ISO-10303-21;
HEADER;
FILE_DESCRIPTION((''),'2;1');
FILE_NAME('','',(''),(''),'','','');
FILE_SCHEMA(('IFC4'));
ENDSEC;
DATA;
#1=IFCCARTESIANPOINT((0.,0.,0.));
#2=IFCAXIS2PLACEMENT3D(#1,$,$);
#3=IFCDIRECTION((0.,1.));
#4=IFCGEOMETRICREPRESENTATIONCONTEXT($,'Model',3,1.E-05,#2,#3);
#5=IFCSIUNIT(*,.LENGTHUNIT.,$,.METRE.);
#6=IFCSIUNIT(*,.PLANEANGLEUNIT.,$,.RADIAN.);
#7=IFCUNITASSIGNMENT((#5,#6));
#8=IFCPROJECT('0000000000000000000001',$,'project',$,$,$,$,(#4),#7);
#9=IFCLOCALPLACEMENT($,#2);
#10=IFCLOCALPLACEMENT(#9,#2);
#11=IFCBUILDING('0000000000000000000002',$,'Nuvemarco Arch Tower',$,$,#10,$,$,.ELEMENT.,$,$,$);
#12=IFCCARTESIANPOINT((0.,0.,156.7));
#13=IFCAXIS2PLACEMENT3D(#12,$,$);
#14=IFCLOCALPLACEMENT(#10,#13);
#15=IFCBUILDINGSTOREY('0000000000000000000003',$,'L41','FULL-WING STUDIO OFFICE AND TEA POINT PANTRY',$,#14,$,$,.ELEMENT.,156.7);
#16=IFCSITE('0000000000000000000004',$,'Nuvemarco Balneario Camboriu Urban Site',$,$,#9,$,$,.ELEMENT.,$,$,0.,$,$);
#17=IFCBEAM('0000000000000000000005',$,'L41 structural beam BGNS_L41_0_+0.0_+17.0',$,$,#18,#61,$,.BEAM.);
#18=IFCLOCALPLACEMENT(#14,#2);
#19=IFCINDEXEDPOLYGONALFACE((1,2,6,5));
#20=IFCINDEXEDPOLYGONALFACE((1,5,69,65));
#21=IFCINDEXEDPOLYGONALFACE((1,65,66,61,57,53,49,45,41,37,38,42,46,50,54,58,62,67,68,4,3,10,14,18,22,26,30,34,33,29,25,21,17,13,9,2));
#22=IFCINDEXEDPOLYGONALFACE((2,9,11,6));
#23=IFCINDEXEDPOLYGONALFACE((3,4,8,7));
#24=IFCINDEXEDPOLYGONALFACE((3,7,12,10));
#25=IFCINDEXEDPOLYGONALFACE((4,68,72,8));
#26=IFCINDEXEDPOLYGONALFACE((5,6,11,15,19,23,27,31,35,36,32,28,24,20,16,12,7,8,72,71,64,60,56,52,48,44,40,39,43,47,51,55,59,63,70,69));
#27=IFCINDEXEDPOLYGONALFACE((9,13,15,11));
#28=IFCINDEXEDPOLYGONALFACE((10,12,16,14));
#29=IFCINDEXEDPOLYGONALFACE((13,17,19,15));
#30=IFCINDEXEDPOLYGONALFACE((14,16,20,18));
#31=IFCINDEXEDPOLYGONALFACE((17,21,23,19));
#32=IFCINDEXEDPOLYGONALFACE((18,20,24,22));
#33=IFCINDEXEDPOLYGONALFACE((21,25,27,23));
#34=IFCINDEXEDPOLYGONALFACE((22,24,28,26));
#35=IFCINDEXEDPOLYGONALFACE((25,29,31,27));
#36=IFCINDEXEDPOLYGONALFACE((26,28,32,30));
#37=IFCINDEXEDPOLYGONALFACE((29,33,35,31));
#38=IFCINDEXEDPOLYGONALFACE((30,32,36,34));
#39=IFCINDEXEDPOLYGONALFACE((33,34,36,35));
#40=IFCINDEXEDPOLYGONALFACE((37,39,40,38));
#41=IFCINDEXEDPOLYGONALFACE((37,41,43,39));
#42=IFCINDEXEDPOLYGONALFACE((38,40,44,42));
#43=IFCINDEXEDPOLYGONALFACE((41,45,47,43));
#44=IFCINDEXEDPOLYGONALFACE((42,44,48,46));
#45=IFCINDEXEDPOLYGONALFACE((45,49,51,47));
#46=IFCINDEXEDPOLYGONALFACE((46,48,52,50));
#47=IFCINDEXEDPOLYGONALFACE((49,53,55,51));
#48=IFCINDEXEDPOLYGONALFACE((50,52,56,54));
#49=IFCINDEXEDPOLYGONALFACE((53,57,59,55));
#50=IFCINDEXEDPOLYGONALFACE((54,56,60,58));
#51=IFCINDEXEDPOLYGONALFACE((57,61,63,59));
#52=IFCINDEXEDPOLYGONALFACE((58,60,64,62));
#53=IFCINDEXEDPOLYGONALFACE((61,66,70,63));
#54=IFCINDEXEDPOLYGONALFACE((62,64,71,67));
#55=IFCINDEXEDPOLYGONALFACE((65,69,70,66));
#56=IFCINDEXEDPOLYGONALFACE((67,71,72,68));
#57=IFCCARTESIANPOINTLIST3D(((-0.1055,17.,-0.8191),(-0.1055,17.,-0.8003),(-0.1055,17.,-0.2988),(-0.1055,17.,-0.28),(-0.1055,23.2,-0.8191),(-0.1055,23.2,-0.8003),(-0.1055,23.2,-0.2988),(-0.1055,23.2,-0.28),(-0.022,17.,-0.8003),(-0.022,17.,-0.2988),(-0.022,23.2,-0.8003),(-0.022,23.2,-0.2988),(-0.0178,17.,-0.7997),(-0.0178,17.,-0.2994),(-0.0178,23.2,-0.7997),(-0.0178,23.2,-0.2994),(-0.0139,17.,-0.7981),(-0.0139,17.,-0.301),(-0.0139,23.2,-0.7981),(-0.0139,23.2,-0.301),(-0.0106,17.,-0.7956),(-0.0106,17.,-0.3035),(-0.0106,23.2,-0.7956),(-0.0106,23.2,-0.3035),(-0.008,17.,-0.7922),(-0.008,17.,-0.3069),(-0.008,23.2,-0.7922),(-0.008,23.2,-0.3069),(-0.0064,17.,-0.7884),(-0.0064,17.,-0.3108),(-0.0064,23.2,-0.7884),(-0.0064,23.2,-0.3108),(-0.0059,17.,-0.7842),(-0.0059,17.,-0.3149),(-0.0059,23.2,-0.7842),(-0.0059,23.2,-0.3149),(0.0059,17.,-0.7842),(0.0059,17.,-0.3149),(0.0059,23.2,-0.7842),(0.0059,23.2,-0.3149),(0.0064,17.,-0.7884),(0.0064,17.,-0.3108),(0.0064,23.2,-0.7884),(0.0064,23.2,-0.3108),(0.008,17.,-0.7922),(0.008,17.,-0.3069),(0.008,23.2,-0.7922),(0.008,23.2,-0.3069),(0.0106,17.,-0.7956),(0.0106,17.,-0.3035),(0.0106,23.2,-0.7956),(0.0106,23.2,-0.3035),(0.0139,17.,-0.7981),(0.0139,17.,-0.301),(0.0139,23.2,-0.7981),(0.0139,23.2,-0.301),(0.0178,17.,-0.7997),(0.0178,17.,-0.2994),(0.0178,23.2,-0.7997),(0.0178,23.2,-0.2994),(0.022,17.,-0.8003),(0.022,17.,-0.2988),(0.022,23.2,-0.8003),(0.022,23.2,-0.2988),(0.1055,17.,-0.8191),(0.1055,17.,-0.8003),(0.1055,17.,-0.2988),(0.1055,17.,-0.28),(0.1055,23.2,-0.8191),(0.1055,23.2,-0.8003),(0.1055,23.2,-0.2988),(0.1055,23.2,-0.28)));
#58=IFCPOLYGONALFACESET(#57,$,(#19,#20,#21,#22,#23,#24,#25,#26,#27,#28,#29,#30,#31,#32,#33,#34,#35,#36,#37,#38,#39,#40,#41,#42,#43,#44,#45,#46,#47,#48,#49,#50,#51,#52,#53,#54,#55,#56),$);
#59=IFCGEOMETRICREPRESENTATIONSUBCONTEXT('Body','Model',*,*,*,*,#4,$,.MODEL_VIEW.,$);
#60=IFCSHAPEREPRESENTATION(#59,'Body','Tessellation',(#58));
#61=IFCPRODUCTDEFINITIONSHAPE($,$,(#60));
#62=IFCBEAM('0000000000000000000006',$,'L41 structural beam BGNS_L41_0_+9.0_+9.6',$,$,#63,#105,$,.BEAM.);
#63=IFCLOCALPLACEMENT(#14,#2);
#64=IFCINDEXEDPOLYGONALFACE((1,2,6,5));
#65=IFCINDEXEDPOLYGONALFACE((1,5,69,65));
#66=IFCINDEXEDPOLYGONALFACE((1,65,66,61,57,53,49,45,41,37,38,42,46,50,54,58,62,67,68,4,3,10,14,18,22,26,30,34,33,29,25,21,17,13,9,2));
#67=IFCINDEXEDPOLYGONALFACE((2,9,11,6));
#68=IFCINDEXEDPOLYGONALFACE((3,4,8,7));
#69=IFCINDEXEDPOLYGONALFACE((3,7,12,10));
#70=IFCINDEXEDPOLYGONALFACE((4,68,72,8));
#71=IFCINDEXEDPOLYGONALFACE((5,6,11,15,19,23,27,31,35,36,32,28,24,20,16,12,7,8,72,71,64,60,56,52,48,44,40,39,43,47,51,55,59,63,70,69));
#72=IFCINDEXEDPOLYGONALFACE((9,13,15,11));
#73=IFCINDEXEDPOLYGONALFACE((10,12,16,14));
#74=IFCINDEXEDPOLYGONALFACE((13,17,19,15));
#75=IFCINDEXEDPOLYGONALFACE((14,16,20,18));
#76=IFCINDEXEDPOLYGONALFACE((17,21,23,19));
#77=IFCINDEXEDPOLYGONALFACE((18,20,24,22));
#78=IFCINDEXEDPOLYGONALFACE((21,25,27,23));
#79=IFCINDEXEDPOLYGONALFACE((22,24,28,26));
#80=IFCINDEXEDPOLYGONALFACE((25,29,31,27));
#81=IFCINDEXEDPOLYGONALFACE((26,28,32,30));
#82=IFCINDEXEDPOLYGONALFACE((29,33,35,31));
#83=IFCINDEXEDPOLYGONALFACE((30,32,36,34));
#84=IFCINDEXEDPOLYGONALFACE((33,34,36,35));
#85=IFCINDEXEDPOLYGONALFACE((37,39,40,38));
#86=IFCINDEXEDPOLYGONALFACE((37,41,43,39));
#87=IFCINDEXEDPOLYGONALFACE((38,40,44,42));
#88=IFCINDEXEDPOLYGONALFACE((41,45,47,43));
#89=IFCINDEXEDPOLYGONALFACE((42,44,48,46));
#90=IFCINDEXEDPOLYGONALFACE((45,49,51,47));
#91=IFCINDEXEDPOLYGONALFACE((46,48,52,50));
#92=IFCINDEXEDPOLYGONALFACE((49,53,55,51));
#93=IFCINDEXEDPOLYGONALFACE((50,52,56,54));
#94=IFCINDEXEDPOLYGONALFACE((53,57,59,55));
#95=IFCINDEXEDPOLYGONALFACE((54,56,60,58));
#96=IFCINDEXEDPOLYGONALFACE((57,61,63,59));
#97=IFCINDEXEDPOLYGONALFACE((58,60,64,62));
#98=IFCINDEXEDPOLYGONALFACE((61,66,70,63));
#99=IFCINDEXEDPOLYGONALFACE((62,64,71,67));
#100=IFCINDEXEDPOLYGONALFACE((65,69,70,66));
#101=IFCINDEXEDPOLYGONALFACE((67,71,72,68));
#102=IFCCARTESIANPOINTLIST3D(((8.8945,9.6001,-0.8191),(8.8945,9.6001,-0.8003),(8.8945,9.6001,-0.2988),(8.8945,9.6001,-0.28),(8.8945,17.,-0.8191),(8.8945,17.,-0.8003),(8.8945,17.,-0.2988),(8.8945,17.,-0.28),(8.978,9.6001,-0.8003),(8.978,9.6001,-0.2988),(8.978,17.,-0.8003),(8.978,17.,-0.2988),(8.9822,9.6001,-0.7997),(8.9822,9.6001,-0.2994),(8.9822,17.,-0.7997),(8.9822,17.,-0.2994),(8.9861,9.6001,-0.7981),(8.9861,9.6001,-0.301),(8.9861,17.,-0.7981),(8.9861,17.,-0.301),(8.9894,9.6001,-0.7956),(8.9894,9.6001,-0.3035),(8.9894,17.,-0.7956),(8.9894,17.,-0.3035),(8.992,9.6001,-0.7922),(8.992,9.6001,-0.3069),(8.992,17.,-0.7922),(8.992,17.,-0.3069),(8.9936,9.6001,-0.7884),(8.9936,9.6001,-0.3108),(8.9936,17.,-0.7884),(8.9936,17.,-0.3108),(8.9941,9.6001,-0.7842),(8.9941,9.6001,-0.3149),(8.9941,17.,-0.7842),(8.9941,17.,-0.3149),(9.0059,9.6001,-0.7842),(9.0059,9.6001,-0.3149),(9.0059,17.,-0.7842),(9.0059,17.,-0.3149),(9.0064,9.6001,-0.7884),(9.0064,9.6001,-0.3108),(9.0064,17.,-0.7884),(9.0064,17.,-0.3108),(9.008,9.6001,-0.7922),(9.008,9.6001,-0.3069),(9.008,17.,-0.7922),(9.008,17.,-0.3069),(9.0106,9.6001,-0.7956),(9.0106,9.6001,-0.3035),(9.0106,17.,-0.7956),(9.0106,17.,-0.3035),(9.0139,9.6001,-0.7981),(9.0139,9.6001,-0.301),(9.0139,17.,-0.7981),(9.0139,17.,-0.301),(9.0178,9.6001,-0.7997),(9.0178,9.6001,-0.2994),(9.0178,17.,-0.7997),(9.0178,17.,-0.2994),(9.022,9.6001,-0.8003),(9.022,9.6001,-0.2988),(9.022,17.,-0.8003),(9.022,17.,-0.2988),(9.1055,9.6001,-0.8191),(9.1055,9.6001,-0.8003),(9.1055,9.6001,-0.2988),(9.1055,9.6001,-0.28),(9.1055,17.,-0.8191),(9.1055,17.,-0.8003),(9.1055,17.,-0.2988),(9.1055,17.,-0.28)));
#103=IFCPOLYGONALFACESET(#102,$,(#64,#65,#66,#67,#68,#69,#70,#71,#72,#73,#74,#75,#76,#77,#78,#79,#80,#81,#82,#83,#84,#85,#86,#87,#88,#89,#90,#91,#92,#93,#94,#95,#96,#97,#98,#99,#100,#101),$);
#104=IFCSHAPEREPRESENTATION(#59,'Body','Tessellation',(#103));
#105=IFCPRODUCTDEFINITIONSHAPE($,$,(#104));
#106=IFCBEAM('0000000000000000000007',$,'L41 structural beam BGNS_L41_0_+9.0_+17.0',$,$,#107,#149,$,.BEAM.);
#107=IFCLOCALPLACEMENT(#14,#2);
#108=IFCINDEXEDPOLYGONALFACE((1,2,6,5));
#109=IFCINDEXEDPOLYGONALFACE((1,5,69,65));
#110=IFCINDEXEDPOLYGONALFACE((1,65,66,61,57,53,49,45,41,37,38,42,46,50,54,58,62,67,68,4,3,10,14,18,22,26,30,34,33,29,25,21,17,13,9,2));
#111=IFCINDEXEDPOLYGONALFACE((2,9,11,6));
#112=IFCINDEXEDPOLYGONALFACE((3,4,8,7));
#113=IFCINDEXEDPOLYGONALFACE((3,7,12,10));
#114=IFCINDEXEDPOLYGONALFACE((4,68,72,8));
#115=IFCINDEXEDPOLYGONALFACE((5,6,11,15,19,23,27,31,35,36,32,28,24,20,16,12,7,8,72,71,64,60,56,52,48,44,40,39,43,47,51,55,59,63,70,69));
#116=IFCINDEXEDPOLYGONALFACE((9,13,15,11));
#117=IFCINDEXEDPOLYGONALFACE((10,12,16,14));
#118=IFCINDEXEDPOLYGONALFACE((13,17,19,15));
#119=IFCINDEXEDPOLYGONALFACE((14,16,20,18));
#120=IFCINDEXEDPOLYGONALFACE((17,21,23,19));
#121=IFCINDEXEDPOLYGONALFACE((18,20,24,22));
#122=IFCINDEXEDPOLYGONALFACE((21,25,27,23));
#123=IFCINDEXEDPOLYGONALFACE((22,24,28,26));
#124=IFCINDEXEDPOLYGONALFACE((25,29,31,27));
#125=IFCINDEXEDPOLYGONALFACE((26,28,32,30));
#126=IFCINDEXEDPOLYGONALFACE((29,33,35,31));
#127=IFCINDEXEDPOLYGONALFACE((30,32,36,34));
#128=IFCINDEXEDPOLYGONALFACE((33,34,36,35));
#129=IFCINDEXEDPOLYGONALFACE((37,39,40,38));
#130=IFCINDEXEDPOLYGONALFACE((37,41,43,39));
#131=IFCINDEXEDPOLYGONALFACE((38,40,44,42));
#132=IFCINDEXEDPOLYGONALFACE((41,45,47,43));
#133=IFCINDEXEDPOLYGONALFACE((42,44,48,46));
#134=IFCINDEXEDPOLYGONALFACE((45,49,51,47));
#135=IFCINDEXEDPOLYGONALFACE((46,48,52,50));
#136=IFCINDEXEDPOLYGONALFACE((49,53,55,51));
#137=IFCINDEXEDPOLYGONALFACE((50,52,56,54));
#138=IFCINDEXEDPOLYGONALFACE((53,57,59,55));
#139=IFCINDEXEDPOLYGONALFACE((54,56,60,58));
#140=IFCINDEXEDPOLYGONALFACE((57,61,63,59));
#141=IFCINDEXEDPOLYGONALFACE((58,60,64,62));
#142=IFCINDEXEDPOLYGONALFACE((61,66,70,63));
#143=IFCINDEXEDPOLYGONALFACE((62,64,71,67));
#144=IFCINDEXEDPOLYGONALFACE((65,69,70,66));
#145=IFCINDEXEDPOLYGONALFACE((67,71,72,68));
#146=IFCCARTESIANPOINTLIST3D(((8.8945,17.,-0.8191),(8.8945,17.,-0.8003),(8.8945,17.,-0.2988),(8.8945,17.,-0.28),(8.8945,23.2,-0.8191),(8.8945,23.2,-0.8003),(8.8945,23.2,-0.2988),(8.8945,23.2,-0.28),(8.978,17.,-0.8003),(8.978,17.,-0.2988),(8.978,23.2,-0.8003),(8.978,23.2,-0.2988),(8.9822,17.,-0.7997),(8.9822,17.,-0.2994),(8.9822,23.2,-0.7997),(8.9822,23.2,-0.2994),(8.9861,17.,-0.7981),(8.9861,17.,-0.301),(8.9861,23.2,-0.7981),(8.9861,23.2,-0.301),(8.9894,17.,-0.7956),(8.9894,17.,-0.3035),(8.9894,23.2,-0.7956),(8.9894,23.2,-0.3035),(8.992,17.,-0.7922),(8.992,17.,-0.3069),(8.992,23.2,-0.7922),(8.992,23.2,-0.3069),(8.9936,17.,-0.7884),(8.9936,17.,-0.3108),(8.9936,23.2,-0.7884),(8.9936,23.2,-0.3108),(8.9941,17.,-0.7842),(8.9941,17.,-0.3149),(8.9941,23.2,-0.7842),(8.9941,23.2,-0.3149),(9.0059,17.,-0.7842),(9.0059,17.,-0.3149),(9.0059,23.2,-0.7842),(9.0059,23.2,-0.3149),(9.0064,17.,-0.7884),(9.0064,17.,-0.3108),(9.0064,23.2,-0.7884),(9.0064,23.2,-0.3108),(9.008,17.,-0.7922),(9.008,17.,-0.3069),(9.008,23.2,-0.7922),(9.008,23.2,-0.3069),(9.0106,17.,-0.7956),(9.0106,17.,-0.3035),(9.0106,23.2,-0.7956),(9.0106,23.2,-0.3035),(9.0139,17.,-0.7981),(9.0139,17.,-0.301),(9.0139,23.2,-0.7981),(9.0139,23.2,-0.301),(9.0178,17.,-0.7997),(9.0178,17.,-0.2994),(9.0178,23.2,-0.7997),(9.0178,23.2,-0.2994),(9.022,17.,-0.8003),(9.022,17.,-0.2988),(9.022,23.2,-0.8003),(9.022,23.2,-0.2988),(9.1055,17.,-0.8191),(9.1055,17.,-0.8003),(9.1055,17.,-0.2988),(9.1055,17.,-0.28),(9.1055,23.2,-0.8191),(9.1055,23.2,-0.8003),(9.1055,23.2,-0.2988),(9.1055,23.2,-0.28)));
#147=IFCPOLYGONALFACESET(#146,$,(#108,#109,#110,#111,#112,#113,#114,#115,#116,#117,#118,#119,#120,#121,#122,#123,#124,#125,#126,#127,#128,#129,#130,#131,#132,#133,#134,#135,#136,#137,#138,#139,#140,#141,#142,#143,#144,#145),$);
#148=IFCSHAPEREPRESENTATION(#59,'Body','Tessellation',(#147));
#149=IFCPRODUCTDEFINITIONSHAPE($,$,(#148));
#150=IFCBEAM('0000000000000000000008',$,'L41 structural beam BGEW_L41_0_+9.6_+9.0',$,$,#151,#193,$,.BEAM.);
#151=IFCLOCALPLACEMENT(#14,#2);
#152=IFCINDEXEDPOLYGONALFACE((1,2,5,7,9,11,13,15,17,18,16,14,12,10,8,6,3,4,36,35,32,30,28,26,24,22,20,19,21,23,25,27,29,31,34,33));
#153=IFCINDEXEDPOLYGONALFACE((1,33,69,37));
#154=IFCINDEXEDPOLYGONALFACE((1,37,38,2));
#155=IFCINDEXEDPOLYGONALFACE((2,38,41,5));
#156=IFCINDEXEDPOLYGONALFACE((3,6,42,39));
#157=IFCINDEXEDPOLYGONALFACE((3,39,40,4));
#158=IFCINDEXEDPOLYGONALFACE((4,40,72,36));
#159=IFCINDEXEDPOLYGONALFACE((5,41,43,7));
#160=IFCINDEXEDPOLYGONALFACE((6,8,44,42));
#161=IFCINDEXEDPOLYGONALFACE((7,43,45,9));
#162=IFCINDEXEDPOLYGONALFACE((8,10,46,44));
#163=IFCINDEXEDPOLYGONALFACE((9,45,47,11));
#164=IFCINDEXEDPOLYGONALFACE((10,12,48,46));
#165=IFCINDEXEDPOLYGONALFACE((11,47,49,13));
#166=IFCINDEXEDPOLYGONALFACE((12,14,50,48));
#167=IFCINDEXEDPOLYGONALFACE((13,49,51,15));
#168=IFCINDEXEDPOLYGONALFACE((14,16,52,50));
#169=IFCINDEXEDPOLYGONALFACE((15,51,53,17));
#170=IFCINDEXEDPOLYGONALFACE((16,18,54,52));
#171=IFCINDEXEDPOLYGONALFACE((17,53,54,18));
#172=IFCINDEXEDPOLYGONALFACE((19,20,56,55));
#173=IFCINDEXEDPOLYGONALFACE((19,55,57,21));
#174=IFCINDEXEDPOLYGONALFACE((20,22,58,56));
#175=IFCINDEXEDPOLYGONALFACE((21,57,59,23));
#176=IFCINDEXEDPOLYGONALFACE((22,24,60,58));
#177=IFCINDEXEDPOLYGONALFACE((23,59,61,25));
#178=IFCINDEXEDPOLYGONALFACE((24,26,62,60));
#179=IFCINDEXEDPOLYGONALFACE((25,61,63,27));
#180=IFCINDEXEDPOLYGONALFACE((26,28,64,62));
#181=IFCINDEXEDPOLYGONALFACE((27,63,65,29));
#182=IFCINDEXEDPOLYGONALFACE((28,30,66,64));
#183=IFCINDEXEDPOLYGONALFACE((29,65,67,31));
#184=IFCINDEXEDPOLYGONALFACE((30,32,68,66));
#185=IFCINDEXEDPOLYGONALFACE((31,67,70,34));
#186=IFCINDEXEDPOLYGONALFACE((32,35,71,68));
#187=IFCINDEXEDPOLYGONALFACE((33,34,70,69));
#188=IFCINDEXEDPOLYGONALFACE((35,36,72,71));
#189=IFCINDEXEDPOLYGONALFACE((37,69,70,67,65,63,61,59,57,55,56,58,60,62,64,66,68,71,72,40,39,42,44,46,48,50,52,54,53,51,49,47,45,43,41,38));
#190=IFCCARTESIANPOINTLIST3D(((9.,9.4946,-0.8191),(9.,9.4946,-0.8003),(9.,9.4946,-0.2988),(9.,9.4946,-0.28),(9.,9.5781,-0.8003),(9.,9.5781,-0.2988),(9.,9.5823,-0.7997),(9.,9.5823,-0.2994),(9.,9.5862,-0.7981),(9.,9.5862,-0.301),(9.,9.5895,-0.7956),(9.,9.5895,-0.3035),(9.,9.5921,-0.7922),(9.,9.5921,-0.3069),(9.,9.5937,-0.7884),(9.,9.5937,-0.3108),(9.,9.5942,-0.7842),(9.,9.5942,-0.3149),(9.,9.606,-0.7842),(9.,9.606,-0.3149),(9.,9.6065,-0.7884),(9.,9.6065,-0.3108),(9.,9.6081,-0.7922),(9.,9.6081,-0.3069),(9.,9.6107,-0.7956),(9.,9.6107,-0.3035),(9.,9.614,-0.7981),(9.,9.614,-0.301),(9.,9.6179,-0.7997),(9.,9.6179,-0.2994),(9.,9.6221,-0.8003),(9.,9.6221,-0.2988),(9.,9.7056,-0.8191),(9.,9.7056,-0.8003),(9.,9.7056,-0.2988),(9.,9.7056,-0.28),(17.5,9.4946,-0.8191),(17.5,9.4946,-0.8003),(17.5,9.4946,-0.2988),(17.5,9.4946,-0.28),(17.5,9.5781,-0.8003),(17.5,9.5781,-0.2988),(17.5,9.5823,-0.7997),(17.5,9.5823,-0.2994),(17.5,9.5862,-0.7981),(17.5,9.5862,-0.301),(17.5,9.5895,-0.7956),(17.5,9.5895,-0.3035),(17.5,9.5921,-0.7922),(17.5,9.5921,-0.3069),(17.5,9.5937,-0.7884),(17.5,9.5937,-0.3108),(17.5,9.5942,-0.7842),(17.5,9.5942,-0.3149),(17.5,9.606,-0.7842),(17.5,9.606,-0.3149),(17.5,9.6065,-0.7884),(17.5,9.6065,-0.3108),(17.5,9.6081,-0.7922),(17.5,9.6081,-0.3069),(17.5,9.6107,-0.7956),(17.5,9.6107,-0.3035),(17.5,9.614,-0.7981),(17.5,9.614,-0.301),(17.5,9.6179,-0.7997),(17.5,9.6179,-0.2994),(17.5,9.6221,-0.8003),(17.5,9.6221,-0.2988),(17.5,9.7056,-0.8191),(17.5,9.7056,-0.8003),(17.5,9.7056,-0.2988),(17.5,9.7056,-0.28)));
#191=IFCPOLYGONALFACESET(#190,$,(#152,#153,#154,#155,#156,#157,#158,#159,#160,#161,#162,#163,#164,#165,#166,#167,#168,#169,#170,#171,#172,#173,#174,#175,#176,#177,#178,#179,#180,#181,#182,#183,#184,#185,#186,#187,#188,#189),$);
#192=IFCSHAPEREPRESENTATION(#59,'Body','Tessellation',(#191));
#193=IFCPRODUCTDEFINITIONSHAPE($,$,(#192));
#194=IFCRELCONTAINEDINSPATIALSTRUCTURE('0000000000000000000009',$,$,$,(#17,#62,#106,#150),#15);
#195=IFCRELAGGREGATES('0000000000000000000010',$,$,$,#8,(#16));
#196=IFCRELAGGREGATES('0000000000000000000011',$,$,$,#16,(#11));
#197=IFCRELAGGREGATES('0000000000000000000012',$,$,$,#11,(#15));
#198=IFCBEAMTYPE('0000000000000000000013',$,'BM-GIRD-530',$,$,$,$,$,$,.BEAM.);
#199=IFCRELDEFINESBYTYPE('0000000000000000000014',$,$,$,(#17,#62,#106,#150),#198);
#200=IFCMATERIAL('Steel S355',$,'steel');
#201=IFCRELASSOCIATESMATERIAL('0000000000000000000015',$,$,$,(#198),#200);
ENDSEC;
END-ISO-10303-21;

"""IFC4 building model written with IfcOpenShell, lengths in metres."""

from ifc_helpers import new_model, si_unit, direction, frame, origin, origin_2d, place, context, subcontext, project, spatial, i_section, extrude, material, material_profile, profile_set, type_object, element, save


model = new_model("IFC4")

# Units and contexts
model_context = context("Model", 3, precision=1e-05, world=origin(), true_north=direction((0.0, 1.0)))
body_context = subcontext(model_context, "Body", "Model", "MODEL_VIEW")
ifc_project = project(units=[si_unit("LENGTHUNIT", "METRE"), si_unit("PLANEANGLEUNIT", "RADIAN")], contexts=[model_context])

# Site, building, storey
site_placement = place(None, origin())
site = spatial("IfcSite", under=ifc_project, at=site_placement, Name="Nuvemarco Balneario Camboriu Urban Site", CompositionType="ELEMENT", RefElevation=0.0)
building_placement = place(site_placement, origin())
building = spatial("IfcBuilding", under=site, at=building_placement, Name="Nuvemarco Arch Tower", CompositionType="ELEMENT")
storey_placement = place(building_placement, frame((0.0, 0.0, 156.7)))
storey = spatial("IfcBuildingStorey", under=building, at=storey_placement, Name="L41", Description="FULL-WING STUDIO OFFICE AND TEA POINT PANTRY", CompositionType="ELEMENT", Elevation=156.7)

# Shared definitions
ifc_material_1 = material(Name="Steel S355", Category="steel")

# Beams
ifc_material_profile_1 = material_profile(ifc_material_1, i_section(OverallWidth=0.2109, OverallDepth=0.5391, WebThickness=0.0117, FlangeThickness=0.0188, FilletRadius=0.0161, at=origin_2d()), Name="W530x109")
ifc_profile_set_1 = profile_set([ifc_material_profile_1], Name="Steel S355")
beam_type_1 = type_object("IfcBeamType", Name="BM-GIRD-530", PredefinedType="BEAM", material=ifc_profile_set_1)
beam_1_placement = place(storey_placement, frame((0.0, 17.0, -0.5496), z_axis=(0.0, 1.0, 0.0), x_axis=(-1.0, 0.0, 0.0)))
element("IfcBeam", 1, at=beam_1_placement, inside=storey, type_object=beam_type_1, Name="L41 structural beam BGNS_L41_0_+0.0_+17.0", PredefinedType="BEAM", context=body_context, shape_type="SweptSolid", body=[
    extrude(i_section(OverallWidth=0.2109, OverallDepth=0.5391, WebThickness=0.0117, FlangeThickness=0.0188, FilletRadius=0.0161, at=origin_2d()), origin(), (0.0, 0.0, 1.0), 6.2),
])
beam_2_placement = place(storey_placement, frame((9.0, 9.6001, -0.5496), z_axis=(0.0, 1.0, 0.0), x_axis=(-1.0, 0.0, 0.0)))
element("IfcBeam", 2, at=beam_2_placement, inside=storey, type_object=beam_type_1, Name="L41 structural beam BGNS_L41_0_+9.0_+9.6", PredefinedType="BEAM", context=body_context, shape_type="SweptSolid", body=[
    extrude(i_section(OverallWidth=0.2109, OverallDepth=0.5391, WebThickness=0.0117, FlangeThickness=0.0188, FilletRadius=0.0161, at=origin_2d()), origin(), (0.0, 0.0, 1.0), 7.3999),
])
beam_3_placement = place(storey_placement, frame((9.0, 17.0, -0.5496), z_axis=(0.0, 1.0, 0.0), x_axis=(-1.0, 0.0, 0.0)))
element("IfcBeam", 3, at=beam_3_placement, inside=storey, type_object=beam_type_1, Name="L41 structural beam BGNS_L41_0_+9.0_+17.0", PredefinedType="BEAM", context=body_context, shape_type="SweptSolid", body=[
    extrude(i_section(OverallWidth=0.2109, OverallDepth=0.5391, WebThickness=0.0117, FlangeThickness=0.0188, FilletRadius=0.0161, at=origin_2d()), origin(), (0.0, 0.0, 1.0), 6.2),
])
beam_4_placement = place(storey_placement, frame((9.0, 9.6001, -0.5496), z_axis=(1.0, 0.0, 0.0), x_axis=(0.0, 1.0, 0.0)))
element("IfcBeam", 4, at=beam_4_placement, inside=storey, type_object=beam_type_1, Name="L41 structural beam BGEW_L41_0_+9.6_+9.0", PredefinedType="BEAM", context=body_context, shape_type="SweptSolid", body=[
    extrude(i_section(OverallWidth=0.2109, OverallDepth=0.5391, WebThickness=0.0117, FlangeThickness=0.0188, FilletRadius=0.0161, at=origin_2d()), origin(), (0.0, 0.0, 1.0), 8.5),
])

save(model, "model.ifc")
